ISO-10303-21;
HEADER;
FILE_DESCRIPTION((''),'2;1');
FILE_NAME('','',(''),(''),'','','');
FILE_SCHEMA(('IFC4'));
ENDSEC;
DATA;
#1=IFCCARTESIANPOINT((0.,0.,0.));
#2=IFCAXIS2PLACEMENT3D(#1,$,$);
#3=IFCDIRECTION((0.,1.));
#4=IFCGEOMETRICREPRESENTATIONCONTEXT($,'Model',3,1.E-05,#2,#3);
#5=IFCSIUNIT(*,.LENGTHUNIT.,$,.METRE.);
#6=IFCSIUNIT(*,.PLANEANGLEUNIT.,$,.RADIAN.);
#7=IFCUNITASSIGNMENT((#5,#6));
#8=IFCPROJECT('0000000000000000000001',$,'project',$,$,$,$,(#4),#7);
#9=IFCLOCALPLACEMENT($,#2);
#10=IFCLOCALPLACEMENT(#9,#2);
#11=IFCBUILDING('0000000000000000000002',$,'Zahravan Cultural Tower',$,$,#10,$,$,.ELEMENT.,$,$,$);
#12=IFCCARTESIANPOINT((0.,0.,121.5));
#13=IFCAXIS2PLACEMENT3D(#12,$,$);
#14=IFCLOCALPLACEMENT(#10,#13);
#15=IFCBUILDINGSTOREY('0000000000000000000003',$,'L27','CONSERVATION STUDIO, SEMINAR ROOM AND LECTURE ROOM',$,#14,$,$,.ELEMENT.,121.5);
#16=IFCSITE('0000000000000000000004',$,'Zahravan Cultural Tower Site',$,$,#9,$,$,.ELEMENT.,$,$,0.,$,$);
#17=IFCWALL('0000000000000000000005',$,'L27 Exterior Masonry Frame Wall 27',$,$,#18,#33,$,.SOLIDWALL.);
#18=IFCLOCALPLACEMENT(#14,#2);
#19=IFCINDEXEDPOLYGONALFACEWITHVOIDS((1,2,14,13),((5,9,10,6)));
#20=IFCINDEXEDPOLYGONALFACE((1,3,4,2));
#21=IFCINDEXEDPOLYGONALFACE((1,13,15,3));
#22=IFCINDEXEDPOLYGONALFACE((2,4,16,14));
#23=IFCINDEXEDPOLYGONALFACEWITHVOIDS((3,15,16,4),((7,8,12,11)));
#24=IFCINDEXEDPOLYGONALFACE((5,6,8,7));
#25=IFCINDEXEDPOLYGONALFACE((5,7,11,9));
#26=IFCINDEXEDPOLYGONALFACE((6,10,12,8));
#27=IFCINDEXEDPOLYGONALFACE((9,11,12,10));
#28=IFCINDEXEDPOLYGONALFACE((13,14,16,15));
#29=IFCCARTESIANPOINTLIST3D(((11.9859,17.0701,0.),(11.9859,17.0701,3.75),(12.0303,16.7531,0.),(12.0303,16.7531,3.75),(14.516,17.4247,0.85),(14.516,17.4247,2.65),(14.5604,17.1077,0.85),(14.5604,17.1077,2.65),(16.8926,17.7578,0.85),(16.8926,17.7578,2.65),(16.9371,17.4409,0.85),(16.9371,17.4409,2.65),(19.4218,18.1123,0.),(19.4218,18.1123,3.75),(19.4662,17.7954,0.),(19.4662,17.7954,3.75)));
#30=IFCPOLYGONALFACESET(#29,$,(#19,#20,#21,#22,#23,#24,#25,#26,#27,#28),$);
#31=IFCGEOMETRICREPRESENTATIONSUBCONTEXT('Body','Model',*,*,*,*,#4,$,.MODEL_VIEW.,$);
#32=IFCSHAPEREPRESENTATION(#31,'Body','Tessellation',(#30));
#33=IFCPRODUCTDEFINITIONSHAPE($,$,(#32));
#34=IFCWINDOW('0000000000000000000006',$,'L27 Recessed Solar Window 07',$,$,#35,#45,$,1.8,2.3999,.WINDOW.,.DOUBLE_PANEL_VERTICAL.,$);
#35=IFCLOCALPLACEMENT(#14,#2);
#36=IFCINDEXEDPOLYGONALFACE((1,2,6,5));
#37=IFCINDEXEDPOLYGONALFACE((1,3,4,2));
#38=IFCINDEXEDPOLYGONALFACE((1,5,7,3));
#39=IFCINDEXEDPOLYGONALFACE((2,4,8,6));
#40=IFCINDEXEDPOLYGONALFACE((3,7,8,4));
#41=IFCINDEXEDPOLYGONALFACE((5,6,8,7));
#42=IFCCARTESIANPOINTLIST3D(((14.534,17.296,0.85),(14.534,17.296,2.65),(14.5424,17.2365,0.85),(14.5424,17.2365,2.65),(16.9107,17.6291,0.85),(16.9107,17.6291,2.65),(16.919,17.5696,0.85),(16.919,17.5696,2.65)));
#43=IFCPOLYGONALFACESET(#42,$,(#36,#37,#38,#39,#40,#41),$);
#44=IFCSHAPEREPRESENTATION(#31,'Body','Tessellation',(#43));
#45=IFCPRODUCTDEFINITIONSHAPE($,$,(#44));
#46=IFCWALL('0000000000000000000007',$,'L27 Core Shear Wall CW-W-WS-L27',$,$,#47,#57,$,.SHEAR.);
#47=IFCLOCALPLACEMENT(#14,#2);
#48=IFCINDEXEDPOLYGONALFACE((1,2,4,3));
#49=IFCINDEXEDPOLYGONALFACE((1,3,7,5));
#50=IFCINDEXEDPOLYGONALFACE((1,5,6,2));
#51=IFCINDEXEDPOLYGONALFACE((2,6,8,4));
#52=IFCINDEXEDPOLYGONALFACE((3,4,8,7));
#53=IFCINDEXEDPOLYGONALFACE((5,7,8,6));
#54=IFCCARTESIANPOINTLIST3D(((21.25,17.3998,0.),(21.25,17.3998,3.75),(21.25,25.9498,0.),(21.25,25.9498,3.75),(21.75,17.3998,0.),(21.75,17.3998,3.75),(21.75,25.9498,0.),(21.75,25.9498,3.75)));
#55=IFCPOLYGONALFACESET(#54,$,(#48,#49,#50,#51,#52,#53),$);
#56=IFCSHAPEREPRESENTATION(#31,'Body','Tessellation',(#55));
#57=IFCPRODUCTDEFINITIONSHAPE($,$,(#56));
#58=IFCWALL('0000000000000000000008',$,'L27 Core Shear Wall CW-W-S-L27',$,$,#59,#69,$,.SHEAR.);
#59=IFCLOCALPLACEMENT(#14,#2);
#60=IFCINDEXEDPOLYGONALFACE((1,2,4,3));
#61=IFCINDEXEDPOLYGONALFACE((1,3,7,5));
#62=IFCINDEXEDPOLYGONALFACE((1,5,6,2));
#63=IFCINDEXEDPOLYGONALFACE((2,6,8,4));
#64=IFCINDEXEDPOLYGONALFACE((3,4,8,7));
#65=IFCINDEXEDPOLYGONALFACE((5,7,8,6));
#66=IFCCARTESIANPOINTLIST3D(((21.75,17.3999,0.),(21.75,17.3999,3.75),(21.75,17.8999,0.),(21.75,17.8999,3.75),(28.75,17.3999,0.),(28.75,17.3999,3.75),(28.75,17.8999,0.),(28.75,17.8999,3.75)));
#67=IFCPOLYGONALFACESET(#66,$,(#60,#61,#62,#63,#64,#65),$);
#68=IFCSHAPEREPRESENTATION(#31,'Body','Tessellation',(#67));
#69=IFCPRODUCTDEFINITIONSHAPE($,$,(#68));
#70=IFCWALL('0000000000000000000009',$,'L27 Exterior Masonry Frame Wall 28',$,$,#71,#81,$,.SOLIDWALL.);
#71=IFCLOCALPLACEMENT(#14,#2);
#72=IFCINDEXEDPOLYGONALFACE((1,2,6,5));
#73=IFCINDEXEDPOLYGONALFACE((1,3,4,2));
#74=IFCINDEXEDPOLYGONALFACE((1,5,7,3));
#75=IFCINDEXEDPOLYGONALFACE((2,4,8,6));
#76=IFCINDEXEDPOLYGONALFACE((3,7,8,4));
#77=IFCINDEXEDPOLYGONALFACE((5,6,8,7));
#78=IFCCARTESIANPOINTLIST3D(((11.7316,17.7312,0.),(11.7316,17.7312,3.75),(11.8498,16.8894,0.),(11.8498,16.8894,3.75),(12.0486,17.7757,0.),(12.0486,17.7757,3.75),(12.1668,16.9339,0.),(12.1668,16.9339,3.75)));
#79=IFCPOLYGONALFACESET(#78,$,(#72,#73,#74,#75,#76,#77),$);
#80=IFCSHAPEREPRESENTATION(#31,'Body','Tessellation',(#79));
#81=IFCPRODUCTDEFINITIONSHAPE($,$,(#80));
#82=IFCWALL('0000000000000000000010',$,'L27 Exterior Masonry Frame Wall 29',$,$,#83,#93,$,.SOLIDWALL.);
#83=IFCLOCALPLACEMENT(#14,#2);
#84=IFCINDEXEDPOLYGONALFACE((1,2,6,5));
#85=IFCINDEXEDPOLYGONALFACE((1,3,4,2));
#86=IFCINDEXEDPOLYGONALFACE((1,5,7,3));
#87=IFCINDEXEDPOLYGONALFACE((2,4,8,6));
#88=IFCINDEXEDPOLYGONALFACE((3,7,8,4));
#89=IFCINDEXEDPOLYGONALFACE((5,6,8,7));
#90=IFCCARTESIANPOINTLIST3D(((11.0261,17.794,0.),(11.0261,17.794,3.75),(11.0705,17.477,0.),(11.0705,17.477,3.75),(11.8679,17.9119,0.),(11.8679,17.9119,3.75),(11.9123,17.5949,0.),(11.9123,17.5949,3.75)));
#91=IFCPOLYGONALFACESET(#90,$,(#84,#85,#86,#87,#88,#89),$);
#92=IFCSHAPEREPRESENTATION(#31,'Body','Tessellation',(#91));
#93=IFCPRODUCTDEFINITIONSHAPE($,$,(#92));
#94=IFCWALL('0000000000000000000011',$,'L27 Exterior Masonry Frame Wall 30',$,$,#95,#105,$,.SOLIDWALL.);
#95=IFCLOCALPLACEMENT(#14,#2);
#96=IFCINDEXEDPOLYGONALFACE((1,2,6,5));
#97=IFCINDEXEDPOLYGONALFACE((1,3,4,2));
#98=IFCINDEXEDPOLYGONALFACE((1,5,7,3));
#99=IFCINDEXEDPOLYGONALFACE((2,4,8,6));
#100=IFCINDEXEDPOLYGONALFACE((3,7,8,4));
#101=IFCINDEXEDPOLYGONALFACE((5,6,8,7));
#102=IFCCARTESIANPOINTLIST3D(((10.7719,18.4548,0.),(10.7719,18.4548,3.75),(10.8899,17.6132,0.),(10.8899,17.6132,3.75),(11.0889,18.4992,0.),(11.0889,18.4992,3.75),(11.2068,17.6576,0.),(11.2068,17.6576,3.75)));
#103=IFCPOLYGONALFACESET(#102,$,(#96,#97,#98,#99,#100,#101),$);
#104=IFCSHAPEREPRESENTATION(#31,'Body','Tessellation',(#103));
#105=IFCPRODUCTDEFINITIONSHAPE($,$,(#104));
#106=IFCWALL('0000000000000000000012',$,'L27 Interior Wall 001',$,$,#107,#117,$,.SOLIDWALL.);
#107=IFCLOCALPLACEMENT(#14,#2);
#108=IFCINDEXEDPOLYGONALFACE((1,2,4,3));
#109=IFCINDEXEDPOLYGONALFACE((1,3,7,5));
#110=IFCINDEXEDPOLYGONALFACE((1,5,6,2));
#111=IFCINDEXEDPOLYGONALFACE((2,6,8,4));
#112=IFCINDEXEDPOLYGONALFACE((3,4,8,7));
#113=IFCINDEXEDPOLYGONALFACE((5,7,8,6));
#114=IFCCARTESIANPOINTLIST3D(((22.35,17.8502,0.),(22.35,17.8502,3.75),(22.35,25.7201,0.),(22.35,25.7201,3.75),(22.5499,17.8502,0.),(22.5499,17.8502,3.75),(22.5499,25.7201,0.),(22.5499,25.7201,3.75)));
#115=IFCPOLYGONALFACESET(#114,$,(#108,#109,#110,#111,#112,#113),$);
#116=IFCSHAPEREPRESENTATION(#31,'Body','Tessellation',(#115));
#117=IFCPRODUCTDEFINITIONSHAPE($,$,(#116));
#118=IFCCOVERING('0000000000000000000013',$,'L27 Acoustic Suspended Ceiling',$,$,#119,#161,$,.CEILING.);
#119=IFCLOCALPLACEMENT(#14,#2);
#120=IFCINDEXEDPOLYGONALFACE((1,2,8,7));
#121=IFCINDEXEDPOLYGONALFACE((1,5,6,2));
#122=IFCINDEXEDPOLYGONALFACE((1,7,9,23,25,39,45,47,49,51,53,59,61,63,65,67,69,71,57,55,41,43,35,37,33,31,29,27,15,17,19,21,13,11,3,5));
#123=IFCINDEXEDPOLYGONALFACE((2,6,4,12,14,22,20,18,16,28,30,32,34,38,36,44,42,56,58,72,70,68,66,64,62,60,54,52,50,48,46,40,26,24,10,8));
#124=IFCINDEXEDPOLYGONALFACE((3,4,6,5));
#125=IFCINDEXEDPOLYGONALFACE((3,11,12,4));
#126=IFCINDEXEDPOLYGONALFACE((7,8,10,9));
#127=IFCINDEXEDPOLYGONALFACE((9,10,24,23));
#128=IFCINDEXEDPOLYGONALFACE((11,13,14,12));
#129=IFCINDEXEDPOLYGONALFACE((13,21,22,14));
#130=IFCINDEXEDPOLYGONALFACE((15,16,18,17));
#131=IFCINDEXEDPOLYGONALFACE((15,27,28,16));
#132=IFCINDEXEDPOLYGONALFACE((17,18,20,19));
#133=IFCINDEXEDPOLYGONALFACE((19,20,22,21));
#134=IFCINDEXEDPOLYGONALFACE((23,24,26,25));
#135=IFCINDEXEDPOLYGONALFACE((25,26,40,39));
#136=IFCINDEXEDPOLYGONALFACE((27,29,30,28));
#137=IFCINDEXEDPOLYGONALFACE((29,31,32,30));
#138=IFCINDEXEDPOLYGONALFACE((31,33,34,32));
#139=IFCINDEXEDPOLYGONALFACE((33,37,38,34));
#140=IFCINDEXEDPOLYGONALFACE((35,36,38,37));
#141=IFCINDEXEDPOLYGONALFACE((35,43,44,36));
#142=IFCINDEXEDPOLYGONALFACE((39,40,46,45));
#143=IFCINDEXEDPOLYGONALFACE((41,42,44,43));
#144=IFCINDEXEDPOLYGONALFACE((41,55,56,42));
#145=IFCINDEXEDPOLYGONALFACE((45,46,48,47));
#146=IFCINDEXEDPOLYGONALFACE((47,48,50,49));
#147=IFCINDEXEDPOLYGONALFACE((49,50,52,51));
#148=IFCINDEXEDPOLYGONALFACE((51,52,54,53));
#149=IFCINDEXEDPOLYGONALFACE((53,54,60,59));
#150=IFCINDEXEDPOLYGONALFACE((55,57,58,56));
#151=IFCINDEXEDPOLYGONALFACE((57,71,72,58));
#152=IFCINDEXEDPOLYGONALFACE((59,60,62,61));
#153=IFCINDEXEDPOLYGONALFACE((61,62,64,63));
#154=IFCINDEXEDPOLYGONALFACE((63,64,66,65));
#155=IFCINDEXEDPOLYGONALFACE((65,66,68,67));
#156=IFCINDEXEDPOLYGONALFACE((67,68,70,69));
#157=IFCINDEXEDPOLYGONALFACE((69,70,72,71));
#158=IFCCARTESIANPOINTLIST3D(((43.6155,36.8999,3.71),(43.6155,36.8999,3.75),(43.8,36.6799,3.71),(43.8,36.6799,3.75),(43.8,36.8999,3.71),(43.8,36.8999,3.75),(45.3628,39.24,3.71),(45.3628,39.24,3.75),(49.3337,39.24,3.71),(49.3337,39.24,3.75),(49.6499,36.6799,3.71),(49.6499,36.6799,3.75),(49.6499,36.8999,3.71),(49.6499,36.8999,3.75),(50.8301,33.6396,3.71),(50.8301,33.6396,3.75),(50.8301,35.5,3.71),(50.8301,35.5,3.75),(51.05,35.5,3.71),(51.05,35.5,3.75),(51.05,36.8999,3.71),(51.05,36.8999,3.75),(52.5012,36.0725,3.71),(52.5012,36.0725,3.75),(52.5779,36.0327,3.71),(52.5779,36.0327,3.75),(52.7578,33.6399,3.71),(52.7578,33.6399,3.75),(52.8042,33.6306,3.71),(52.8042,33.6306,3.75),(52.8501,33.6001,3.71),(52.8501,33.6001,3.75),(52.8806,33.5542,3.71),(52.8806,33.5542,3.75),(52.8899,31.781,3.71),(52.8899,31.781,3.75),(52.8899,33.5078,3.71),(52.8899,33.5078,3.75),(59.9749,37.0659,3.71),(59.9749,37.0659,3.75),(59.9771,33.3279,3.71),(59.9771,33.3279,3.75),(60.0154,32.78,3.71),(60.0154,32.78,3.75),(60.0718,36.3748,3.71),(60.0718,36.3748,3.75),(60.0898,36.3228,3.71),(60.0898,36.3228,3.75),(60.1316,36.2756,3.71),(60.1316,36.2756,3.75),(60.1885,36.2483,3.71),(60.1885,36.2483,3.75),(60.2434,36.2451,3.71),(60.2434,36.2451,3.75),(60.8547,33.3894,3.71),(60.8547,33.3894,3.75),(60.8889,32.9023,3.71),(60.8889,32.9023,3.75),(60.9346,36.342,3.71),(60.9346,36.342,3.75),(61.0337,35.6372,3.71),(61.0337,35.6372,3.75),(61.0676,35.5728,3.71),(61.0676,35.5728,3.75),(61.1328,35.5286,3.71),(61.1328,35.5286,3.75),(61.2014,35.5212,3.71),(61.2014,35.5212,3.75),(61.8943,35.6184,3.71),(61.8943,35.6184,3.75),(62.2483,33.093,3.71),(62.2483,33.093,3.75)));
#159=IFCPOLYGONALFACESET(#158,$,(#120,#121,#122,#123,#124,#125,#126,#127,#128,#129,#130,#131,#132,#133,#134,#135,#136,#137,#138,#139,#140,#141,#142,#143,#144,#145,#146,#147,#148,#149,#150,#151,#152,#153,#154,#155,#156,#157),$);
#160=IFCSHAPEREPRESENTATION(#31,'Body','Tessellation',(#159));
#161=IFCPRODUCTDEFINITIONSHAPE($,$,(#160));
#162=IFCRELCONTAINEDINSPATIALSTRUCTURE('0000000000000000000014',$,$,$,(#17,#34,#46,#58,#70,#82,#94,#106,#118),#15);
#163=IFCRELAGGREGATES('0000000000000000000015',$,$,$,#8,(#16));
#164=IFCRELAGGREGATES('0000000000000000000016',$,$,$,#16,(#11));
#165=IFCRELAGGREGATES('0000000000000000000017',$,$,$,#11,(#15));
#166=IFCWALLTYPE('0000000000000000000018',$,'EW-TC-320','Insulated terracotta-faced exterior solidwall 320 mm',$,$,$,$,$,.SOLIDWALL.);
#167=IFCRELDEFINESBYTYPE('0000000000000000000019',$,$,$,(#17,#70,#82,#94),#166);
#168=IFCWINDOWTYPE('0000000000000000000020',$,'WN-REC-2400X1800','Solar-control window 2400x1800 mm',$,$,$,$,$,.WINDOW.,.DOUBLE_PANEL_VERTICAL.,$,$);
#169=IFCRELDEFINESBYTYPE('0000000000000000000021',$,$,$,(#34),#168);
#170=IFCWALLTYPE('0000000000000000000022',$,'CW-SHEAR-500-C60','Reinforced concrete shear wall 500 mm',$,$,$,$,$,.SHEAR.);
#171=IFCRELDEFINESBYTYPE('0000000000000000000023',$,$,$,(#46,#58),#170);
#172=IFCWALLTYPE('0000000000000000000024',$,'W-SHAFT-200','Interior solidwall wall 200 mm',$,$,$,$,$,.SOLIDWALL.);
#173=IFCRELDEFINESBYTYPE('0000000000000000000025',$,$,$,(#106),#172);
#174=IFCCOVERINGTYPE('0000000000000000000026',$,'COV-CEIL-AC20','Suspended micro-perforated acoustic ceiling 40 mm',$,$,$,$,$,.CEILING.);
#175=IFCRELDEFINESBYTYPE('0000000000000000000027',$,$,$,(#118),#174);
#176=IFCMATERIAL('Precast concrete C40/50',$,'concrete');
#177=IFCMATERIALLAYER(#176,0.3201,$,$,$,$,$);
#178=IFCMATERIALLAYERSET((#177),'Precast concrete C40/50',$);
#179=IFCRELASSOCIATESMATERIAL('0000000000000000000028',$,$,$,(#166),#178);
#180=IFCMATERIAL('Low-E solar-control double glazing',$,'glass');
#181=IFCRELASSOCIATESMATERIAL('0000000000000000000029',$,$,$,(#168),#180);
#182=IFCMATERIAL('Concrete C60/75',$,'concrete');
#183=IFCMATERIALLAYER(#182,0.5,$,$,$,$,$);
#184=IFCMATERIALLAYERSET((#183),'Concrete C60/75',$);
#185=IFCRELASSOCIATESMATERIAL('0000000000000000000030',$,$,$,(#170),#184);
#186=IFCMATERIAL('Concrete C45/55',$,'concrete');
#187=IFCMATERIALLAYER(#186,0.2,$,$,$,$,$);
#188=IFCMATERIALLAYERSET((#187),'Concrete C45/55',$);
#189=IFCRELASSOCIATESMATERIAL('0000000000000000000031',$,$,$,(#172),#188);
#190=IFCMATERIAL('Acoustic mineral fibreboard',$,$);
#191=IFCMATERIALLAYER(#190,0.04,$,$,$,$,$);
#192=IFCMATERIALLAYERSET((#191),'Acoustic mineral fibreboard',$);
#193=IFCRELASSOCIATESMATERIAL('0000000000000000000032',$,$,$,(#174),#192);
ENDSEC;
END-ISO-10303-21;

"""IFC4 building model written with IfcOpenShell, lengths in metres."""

from ifc_helpers import new_model, si_unit, direction, frame, frame_2d, origin, place, context, subcontext, project, spatial, polyline, rectangle, outline, extrude, source, transform, mapped, material, layer, layer_set, type_object, element, fill, save


model = new_model("IFC4")

# Units and contexts
model_context = context("Model", 3, precision=1e-05, world=origin(), true_north=direction((0.0, 1.0)))
body_context = subcontext(model_context, "Body", "Model", "MODEL_VIEW")
ifc_project = project(units=[si_unit("LENGTHUNIT", "METRE"), si_unit("PLANEANGLEUNIT", "RADIAN")], contexts=[model_context])

# Site, building, storey
site_placement = place(None, origin())
site = spatial("IfcSite", under=ifc_project, at=site_placement, Name="Zahravan Cultural Tower Site", CompositionType="ELEMENT", RefElevation=0.0)
building_placement = place(site_placement, origin())
building = spatial("IfcBuilding", under=site, at=building_placement, Name="Zahravan Cultural Tower", CompositionType="ELEMENT")
storey_placement = place(building_placement, frame((0.0, 0.0, 121.5)))
storey = spatial("IfcBuildingStorey", under=building, at=storey_placement, Name="L27", Description="CONSERVATION STUDIO, SEMINAR ROOM AND LECTURE ROOM", CompositionType="ELEMENT", Elevation=121.5)

# Shared definitions
ifc_material_1 = material(Name="Concrete C60/75", Category="concrete")

# Shared definitions
ifc_material_2 = material(Name="Concrete C45/55", Category="concrete")

# Wall, opening, window
ifc_material_3 = material(Name="Precast concrete C40/50", Category="concrete")
ifc_layer_1 = layer(ifc_material_3, 0.3201)
ifc_layer_set_1 = layer_set([ifc_layer_1], Name="Precast concrete C40/50")
wall_type_1 = type_object("IfcWallType", Name="EW-TC-320", Description="Insulated terracotta-faced exterior solidwall 320 mm", PredefinedType="SOLIDWALL", material=ifc_layer_set_1)
wall_1_placement = place(storey_placement, frame((19.4441, 17.9539, 0.0), z_axis=(0.0, 0.0, 1.0), x_axis=(-0.990319, -0.138808, 0.0)))
wall_1 = element("IfcWall", 1, at=wall_1_placement, inside=storey, type_object=wall_type_1, Name="L27 Exterior Masonry Frame Wall 27", PredefinedType="SOLIDWALL", context=body_context, shape_type="SweptSolid", body=[
    extrude(rectangle(XDim=7.5085, YDim=0.3201, at=frame_2d((3.7544, 0.0))), origin(), (0.0, 0.0, 1.0), 3.75),
])
opening_placement = place(wall_1_placement, frame((2.554, 0.0, 0.8501)))
opening = element("IfcOpeningElement", 2, at=opening_placement, cuts=wall_1, PredefinedType="OPENING", context=body_context, shape_type="SweptSolid", body=[
    extrude(rectangle(XDim=2.3999, YDim=1.8, at=frame_2d((1.2, 0.8999))), frame((0.0, 0.1699, 0.0), z_axis=(0.0, -1.0, 0.0), x_axis=(1.0, 0.0, 0.0)), (0.0, 0.0, 1.0), 0.3401),
])
ifc_material_4 = material(Name="Low-E solar-control double glazing", Category="glass")
window_type = type_object("IfcWindowType", Name="WN-REC-2400X1800", Description="Solar-control window 2400x1800 mm", PartitioningType="DOUBLE_PANEL_VERTICAL", PredefinedType="WINDOW", material=ifc_material_4)
shared_shape_1 = source(origin(), body_context, "Body", "SweptSolid", [
    extrude(rectangle(XDim=2.3999, YDim=1.8, at=frame_2d((1.2, 0.8999))), frame((0.0, 0.03, 0.0), z_axis=(0.0, -1.0, 0.0), x_axis=(1.0, 0.0, 0.0)), (0.0, 0.0, 1.0), 0.0601),
])
window_placement = place(opening_placement, origin())
window = element("IfcWindow", 3, at=window_placement, inside=storey, type_object=window_type, Name="L27 Recessed Solar Window 07", OverallHeight=1.8, OverallWidth=2.3999, PartitioningType="DOUBLE_PANEL_VERTICAL", PredefinedType="WINDOW", context=body_context, shape_type="MappedRepresentation", body=[
    mapped(shared_shape_1, transform((0.0, 0.0, 0.0), x_axis=(1.0, 0.0, 0.0), y_axis=(0.0, 1.0, 0.0), z_axis=(0.0, 0.0, 1.0), scale=1.0)),
])
fill(opening, window)

# Walls
ifc_layer_2 = layer(ifc_material_1, 0.5)
ifc_layer_set_2 = layer_set([ifc_layer_2], Name="Concrete C60/75")
wall_type_2 = type_object("IfcWallType", Name="CW-SHEAR-500-C60", Description="Reinforced concrete shear wall 500 mm", PredefinedType="SHEAR", material=ifc_layer_set_2)
shared_shape_2 = source(origin(), body_context, "Body", "SweptSolid", [
    extrude(rectangle(XDim=8.55, YDim=0.5, at=frame_2d((4.2749, 0.0))), origin(), (0.0, 0.0, 1.0), 3.75),
])
wall_2_placement = place(storey_placement, frame((21.5, 17.3999, 0.0), z_axis=(0.0, 0.0, 1.0), x_axis=(0.0, 1.0, 0.0)))
element("IfcWall", 4, at=wall_2_placement, inside=storey, type_object=wall_type_2, Name="L27 Core Shear Wall CW-W-WS-L27", PredefinedType="SHEAR", context=body_context, shape_type="MappedRepresentation", body=[
    mapped(shared_shape_2, transform((0.0, 0.0, 0.0), x_axis=(1.0, 0.0, 0.0), y_axis=(0.0, 1.0, 0.0), z_axis=(0.0, 0.0, 1.0), scale=1.0)),
])
shared_shape_3 = source(origin(), body_context, "Body", "SweptSolid", [
    extrude(rectangle(XDim=7.0, YDim=0.5, at=frame_2d((3.5, 0.0))), origin(), (0.0, 0.0, 1.0), 3.75),
])
wall_3_placement = place(storey_placement, frame((21.75, 17.6499, 0.0), z_axis=(0.0, 0.0, 1.0), x_axis=(1.0, 0.0, 0.0)))
element("IfcWall", 5, at=wall_3_placement, inside=storey, type_object=wall_type_2, Name="L27 Core Shear Wall CW-W-S-L27", PredefinedType="SHEAR", context=body_context, shape_type="MappedRepresentation", body=[
    mapped(shared_shape_3, transform((0.0, 0.0, 0.0), x_axis=(1.0, 0.0, 0.0), y_axis=(0.0, 1.0, 0.0), z_axis=(0.0, 0.0, 1.0), scale=1.0)),
])
shared_shape_4 = source(origin(), body_context, "Body", "SweptSolid", [
    extrude(rectangle(XDim=0.8501, YDim=0.3201, at=frame_2d((0.425, 0.0))), origin(), (0.0, 0.0, 1.0), 3.75),
])
for number, where, z_axis, x_axis, name in (
    (6, (12.0083, 16.9116, 0.0), (0.0, 0.0, 1.0), (-0.139008, 0.990291, 0.0), "L27 Exterior Masonry Frame Wall 28"),
    (7, (11.8901, 17.7534, 0.0), (0.0, 0.0, 1.0), (-0.990331, -0.138727, 0.0), "L27 Exterior Masonry Frame Wall 29"),
):
    element("IfcWall", number, at=place(storey_placement, frame(where, z_axis=z_axis, x_axis=x_axis)), inside=storey, type_object=wall_type_1, Name=name, PredefinedType="SOLIDWALL", context=body_context, shape_type="MappedRepresentation", body=[
        mapped(shared_shape_4, transform((0.0, 0.0, 0.0), x_axis=(1.0, 0.0, 0.0), y_axis=(0.0, 1.0, 0.0), z_axis=(0.0, 0.0, 1.0), scale=1.0)),
    ])
shared_shape_5 = source(origin(), body_context, "Body", "SweptSolid", [
    extrude(rectangle(XDim=0.8499, YDim=0.3201, at=frame_2d((0.4248, 0.0))), origin(), (0.0, 0.0, 1.0), 3.75),
])
wall_4_placement = place(storey_placement, frame((11.0483, 17.6355, 0.0), z_axis=(0.0, 0.0, 1.0), x_axis=(-0.138766, 0.990325, 0.0)))
element("IfcWall", 8, at=wall_4_placement, inside=storey, type_object=wall_type_1, Name="L27 Exterior Masonry Frame Wall 30", PredefinedType="SOLIDWALL", context=body_context, shape_type="MappedRepresentation", body=[
    mapped(shared_shape_5, transform((0.0, 0.0, 0.0), x_axis=(1.0, 0.0, 0.0), y_axis=(0.0, 1.0, 0.0), z_axis=(0.0, 0.0, 1.0), scale=1.0)),
])
ifc_layer_3 = layer(ifc_material_2, 0.2)
ifc_layer_set_3 = layer_set([ifc_layer_3], Name="Concrete C45/55")
wall_type_3 = type_object("IfcWallType", Name="W-SHAFT-200", Description="Interior solidwall wall 200 mm", PredefinedType="SOLIDWALL", material=ifc_layer_set_3)
shared_shape_6 = source(origin(), body_context, "Body", "SweptSolid", [
    extrude(rectangle(XDim=7.8699, YDim=0.2, at=frame_2d((3.9351, 0.0))), origin(), (0.0, 0.0, 1.0), 3.75),
])
wall_5_placement = place(storey_placement, frame((22.45, 17.8501, 0.0), z_axis=(0.0, 0.0, 1.0), x_axis=(0.0, 1.0, 0.0)))
element("IfcWall", 9, at=wall_5_placement, inside=storey, type_object=wall_type_3, Name="L27 Interior Wall 001", PredefinedType="SOLIDWALL", context=body_context, shape_type="MappedRepresentation", body=[
    mapped(shared_shape_6, transform((0.0, 0.0, 0.0), x_axis=(1.0, 0.0, 0.0), y_axis=(0.0, 1.0, 0.0), z_axis=(0.0, 0.0, 1.0), scale=1.0)),
])

# Covering
ifc_material_5 = material(Name="Acoustic mineral fibreboard")
ifc_layer_4 = layer(ifc_material_5, 0.04)
ifc_layer_set_4 = layer_set([ifc_layer_4], Name="Acoustic mineral fibreboard")
covering_type_1 = type_object("IfcCoveringType", Name="COV-CEIL-AC20", Description="Suspended micro-perforated acoustic ceiling 40 mm", PredefinedType="CEILING", material=ifc_layer_set_4)
covering_1_placement = place(storey_placement, frame((0.0, 0.0, 3.71)))
element("IfcCovering", 10, at=covering_1_placement, inside=storey, type_object=covering_type_1, Name="L27 Acoustic Suspended Ceiling", PredefinedType="CEILING", context=body_context, shape_type="SweptSolid", body=[
    extrude(outline(polyline([(52.7578, 33.6399), (52.8042, 33.6306), (52.8501, 33.6001), (52.8806, 33.5542), (52.8899, 33.5078), (52.8899, 31.781), (60.0154, 32.78), (59.9771, 33.3279), (60.8547, 33.3894), (60.8889, 32.9023), (62.2483, 33.093), (61.8943, 35.6184), (61.2014, 35.5212), (61.1328, 35.5286), (61.0676, 35.5728), (61.0337, 35.6372), (60.9346, 36.342), (60.2434, 36.2451), (60.1885, 36.2483), (60.1316, 36.2756), (60.0898, 36.3228), (60.0718, 36.3748), (59.9749, 37.0659), (52.5779, 36.0327), (52.5012, 36.0725), (49.3337, 39.24), (45.3628, 39.24), (43.6155, 36.8999), (43.8, 36.8999), (43.8, 36.6799), (49.6499, 36.6799), (49.6499, 36.8999), (51.05, 36.8999), (51.05, 35.5), (50.8301, 35.5), (50.8301, 33.6396), (52.7578, 33.6399)])), origin(), (0.0, 0.0, 1.0), 0.04),
])

save(model, "model.ifc")
